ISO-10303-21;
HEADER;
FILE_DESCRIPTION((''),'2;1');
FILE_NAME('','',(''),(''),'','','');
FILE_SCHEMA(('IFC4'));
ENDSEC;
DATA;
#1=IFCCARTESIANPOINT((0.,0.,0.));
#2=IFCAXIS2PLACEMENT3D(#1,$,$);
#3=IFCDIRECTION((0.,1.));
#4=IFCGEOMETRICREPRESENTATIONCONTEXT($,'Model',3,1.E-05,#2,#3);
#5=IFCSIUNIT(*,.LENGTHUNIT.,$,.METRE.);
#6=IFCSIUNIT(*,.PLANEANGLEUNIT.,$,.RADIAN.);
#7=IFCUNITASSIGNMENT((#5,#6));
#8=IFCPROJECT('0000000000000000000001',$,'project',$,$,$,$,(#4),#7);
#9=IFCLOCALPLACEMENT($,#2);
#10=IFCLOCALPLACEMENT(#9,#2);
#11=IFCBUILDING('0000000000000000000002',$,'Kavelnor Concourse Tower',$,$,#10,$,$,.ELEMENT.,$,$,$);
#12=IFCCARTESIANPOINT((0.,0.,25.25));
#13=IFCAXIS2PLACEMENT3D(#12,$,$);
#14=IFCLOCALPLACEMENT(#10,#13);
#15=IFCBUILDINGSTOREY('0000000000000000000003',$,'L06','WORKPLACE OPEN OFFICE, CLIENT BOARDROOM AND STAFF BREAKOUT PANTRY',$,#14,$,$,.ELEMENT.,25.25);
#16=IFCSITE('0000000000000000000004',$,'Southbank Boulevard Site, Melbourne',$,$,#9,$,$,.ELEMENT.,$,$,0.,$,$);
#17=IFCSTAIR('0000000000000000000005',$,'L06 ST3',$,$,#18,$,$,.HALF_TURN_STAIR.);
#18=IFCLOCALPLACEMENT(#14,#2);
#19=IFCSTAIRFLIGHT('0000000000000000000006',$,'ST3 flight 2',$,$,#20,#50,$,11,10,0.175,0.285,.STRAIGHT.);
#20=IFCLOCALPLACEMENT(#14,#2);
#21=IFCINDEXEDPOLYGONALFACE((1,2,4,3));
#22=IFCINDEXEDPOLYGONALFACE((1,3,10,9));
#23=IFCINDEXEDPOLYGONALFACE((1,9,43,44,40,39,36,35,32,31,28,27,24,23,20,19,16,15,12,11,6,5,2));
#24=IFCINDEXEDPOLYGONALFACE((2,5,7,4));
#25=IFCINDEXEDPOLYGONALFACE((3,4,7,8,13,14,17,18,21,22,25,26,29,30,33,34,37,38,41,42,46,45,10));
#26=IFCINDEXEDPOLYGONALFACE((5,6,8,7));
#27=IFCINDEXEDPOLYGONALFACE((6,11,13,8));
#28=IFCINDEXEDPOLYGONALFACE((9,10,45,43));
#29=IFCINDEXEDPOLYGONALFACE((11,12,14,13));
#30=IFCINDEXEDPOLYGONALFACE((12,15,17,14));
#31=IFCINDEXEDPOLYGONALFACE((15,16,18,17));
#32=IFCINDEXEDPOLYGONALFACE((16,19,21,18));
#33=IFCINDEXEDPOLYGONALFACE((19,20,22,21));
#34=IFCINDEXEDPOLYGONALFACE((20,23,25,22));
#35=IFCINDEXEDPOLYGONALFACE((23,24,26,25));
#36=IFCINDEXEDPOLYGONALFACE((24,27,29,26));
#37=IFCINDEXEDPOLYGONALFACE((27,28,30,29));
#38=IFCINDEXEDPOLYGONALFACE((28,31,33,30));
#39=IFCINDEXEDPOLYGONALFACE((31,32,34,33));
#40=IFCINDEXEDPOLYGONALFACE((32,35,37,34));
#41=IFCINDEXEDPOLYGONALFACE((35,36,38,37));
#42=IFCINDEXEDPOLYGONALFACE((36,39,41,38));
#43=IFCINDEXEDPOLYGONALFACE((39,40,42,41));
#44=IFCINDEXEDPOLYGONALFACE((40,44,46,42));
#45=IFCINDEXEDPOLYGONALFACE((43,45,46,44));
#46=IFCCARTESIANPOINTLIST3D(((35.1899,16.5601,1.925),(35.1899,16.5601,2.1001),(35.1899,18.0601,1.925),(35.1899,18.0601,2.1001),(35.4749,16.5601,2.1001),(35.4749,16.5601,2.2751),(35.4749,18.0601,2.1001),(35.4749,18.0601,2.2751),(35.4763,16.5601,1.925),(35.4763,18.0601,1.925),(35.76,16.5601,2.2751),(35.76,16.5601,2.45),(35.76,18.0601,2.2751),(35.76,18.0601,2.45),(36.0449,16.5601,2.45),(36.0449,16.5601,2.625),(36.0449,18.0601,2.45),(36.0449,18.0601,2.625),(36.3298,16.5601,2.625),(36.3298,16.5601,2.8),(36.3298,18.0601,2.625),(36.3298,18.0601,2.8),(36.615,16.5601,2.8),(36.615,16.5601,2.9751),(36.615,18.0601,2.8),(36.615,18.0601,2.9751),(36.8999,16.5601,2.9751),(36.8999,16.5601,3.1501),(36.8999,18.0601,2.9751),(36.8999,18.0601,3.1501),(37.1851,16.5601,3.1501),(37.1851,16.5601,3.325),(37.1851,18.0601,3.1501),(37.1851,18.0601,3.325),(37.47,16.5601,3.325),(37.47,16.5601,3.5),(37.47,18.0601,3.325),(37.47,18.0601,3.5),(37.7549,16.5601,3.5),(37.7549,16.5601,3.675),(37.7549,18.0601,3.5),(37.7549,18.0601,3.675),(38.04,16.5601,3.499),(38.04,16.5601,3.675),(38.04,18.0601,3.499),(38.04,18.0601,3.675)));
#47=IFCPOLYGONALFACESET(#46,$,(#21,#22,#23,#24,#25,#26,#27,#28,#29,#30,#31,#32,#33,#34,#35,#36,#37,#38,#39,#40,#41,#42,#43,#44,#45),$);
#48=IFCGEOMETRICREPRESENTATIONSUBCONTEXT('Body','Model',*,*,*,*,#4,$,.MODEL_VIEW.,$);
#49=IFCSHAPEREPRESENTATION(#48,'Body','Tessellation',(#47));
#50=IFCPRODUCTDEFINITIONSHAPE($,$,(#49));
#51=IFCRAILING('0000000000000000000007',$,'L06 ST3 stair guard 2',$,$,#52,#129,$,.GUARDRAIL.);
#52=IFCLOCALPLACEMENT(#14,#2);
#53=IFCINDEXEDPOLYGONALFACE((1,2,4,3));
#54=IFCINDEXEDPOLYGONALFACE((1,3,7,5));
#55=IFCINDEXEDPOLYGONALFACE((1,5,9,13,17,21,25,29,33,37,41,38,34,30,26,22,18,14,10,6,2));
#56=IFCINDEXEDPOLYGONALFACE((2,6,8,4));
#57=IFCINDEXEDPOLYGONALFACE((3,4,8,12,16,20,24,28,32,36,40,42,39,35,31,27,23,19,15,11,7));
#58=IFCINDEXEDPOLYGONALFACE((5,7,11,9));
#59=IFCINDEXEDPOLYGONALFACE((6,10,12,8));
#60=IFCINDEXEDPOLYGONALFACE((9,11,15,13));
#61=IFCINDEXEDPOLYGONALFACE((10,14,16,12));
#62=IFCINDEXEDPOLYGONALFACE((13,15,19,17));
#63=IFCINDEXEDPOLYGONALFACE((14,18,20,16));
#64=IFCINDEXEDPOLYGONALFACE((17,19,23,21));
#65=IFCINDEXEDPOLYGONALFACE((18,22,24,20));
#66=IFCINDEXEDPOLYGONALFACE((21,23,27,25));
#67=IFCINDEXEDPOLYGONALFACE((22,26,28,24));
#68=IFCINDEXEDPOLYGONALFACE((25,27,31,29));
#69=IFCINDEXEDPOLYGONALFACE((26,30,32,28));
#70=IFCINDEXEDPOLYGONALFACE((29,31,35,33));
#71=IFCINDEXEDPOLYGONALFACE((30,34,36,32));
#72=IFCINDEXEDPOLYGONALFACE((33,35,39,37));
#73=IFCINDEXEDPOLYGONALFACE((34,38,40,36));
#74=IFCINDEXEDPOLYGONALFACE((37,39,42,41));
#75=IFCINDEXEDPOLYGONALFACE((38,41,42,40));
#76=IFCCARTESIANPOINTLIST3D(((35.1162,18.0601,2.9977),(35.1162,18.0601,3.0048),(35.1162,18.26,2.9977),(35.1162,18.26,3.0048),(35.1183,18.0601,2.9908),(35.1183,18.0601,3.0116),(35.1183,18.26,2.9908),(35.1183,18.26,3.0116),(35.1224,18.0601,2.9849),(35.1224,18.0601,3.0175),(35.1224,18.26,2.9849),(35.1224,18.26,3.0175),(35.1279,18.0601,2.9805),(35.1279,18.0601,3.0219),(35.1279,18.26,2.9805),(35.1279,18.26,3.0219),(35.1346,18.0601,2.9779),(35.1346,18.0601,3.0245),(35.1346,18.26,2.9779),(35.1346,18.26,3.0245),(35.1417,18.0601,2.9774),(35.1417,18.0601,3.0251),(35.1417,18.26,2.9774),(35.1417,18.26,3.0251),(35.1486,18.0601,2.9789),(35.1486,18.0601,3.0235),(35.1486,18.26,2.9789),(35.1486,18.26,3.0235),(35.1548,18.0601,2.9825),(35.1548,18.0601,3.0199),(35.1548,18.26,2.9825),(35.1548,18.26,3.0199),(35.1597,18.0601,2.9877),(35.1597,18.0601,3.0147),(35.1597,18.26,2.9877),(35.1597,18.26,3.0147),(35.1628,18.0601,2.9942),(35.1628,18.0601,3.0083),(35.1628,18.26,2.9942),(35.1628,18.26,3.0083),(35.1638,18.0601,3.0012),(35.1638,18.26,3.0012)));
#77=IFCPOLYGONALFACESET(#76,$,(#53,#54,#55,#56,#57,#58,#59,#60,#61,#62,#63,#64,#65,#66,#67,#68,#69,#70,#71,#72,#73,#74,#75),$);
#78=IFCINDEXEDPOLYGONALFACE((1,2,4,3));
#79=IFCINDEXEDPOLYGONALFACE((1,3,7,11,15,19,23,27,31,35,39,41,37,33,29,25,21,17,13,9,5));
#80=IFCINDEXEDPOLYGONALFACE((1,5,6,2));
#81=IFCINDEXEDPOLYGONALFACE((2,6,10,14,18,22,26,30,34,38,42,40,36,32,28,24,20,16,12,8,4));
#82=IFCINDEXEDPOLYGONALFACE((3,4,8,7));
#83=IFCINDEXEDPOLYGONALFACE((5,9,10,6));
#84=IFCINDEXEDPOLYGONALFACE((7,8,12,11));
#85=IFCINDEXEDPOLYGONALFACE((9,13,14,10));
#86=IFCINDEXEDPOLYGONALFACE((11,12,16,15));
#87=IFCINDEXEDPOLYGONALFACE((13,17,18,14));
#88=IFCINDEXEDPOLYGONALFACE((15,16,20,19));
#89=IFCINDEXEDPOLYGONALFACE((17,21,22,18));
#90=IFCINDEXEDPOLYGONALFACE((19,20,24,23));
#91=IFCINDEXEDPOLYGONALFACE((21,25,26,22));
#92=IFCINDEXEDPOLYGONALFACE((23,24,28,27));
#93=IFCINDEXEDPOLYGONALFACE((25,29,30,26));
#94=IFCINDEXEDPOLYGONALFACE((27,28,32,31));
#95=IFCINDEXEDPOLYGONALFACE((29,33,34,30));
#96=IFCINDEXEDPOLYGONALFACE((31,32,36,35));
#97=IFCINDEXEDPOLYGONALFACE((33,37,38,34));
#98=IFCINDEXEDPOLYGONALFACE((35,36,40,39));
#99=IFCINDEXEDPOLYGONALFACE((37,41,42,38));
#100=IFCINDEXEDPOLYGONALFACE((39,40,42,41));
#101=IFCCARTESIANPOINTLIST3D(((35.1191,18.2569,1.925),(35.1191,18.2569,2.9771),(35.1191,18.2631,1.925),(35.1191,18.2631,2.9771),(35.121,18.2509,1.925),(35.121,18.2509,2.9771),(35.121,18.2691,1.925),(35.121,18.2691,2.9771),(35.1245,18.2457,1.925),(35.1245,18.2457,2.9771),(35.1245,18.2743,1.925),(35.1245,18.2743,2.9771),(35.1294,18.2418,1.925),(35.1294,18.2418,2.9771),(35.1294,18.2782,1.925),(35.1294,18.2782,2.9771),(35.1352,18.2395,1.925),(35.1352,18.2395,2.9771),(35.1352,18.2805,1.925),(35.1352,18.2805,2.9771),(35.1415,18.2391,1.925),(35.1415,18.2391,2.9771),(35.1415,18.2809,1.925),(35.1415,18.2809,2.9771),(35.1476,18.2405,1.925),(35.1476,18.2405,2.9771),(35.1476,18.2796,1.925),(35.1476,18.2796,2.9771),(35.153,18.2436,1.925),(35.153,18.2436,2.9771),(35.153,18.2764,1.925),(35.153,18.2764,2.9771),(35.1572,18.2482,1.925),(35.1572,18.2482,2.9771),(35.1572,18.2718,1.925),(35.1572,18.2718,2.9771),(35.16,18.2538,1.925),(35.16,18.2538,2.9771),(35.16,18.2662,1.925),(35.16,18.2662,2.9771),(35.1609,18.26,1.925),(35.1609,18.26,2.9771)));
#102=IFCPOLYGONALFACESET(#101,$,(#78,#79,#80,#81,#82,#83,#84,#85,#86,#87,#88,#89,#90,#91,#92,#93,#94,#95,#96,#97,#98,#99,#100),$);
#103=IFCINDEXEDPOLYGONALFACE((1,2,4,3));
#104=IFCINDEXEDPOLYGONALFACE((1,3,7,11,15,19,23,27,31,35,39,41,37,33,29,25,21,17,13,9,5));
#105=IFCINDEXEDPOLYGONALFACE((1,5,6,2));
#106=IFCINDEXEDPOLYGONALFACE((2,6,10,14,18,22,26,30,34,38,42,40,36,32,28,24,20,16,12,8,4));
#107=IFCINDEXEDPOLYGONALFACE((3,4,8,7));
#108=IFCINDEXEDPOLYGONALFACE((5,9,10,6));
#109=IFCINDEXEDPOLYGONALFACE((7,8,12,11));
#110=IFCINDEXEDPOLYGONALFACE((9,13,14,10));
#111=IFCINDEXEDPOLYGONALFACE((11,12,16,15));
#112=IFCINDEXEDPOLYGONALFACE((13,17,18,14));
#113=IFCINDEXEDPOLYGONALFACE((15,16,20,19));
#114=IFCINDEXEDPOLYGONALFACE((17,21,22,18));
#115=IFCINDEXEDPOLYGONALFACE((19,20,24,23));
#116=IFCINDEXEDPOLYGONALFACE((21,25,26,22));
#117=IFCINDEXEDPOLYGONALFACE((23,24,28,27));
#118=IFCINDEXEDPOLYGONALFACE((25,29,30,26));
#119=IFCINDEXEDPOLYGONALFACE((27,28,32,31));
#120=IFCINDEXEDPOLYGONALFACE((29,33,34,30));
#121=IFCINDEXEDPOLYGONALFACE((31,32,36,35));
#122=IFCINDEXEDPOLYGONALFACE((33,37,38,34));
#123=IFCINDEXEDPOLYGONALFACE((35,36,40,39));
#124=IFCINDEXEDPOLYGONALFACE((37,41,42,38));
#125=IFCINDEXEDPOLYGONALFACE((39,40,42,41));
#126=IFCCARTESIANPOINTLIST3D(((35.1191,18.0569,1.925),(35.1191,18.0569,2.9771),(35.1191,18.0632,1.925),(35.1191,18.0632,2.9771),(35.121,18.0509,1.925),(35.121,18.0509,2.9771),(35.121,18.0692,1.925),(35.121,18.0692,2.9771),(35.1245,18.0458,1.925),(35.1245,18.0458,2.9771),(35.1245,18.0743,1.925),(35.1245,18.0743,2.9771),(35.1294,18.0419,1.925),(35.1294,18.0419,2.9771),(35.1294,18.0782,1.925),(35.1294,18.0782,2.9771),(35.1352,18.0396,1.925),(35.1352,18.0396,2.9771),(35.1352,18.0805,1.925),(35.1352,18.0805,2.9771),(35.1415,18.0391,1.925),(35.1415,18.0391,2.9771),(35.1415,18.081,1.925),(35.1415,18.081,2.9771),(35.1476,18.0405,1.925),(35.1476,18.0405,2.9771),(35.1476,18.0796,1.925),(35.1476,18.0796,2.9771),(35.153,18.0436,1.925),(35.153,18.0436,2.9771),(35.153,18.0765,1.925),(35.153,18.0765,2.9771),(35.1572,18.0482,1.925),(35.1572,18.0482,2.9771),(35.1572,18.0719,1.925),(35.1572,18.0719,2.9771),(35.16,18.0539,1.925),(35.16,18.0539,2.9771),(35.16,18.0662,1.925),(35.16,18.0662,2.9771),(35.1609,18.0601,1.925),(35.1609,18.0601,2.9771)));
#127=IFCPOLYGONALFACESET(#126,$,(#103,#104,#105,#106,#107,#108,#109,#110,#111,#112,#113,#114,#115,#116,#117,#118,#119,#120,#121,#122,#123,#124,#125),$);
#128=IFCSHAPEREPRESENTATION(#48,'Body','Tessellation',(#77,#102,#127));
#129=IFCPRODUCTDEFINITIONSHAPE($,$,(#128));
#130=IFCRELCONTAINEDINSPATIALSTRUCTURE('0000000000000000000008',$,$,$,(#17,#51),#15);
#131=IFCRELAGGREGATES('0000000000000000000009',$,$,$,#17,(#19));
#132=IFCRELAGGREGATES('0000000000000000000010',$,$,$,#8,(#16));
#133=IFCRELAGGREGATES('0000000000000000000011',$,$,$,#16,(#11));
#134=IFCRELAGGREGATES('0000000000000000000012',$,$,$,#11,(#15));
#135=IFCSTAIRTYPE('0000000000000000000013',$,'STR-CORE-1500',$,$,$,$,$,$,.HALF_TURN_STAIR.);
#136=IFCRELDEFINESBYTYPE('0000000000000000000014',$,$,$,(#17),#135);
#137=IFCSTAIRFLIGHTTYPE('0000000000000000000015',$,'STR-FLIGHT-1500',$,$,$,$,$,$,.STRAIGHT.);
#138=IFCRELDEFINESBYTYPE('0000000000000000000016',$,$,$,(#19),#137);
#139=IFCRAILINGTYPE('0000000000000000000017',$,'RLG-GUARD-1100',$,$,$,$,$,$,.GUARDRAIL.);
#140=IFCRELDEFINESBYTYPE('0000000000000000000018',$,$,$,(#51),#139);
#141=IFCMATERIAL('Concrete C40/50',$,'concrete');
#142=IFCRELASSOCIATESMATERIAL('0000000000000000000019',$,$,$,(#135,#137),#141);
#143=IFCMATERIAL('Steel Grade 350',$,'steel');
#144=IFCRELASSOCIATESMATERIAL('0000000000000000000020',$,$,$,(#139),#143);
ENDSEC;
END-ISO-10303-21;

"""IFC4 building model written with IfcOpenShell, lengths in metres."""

from ifc_helpers import new_model, si_unit, direction, frame, origin, origin_2d, place, context, subcontext, project, spatial, polyline, circle, outline, extrude, material, type_object, element, aggregate, save


model = new_model("IFC4")

# Units and contexts
model_context = context("Model", 3, precision=1e-05, world=origin(), true_north=direction((0.0, 1.0)))
body_context = subcontext(model_context, "Body", "Model", "MODEL_VIEW")
ifc_project = project(units=[si_unit("LENGTHUNIT", "METRE"), si_unit("PLANEANGLEUNIT", "RADIAN")], contexts=[model_context])

# Site, building, storey
site_placement = place(None, origin())
site = spatial("IfcSite", under=ifc_project, at=site_placement, Name="Southbank Boulevard Site, Melbourne", CompositionType="ELEMENT", RefElevation=0.0)
building_placement = place(site_placement, origin())
building = spatial("IfcBuilding", under=site, at=building_placement, Name="Kavelnor Concourse Tower", CompositionType="ELEMENT")
storey_placement = place(building_placement, frame((0.0, 0.0, 25.25)))
storey = spatial("IfcBuildingStorey", under=building, at=storey_placement, Name="L06", Description="WORKPLACE OPEN OFFICE, CLIENT BOARDROOM AND STAFF BREAKOUT PANTRY", CompositionType="ELEMENT", Elevation=25.25)

# Shared definitions
ifc_material_1 = material(Name="Steel Grade 350", Category="steel")

# Stair, stair flight
ifc_material_2 = material(Name="Concrete C40/50", Category="concrete")
stair_type = type_object("IfcStairType", Name="STR-CORE-1500", PredefinedType="HALF_TURN_STAIR", material=ifc_material_2)
stair_placement = place(storey_placement, origin())
stair = element("IfcStair", 1, at=stair_placement, inside=storey, type_object=stair_type, Name="L06 ST3", PredefinedType="HALF_TURN_STAIR")
stair_flight_type = type_object("IfcStairFlightType", Name="STR-FLIGHT-1500", PredefinedType="STRAIGHT", material=ifc_material_2)
stair_flight_placement = place(storey_placement, frame((35.1899, 17.3101, 1.925), z_axis=(0.0, 0.0, 1.0), x_axis=(1.0, 0.0, 0.0)))
stair_flight = element("IfcStairFlight", 2, at=stair_flight_placement, type_object=stair_flight_type, Name="ST3 flight 2", NumberOfRisers=11, NumberOfTreads=10, PredefinedType="STRAIGHT", RiserHeight=0.175, TreadLength=0.285, context=body_context, shape_type="SweptSolid", body=[
    extrude(outline(polyline([(0.0, 0.0), (0.0, 0.175), (0.2849, 0.175), (0.2849, 0.3501), (0.5701, 0.3501), (0.5701, 0.5249), (0.855, 0.5249), (0.855, 0.7), (1.1399, 0.7), (1.1399, 0.875), (1.425, 0.875), (1.425, 1.05), (1.71, 1.05), (1.71, 1.2251), (1.9951, 1.2251), (1.9951, 1.3999), (2.28, 1.3999), (2.28, 1.575), (2.5649, 1.575), (2.5649, 1.75), (2.8501, 1.75), (2.8501, 1.925), (2.8501, 1.574), (0.2864, 0.0), (0.0, 0.0)])), frame((0.0, 0.75, 0.0), z_axis=(0.0, -1.0, 0.0), x_axis=(1.0, 0.0, 0.0)), (0.0, 0.0, 1.0), 1.5),
])
aggregate(stair, [stair_flight])

# Railing
railing_type = type_object("IfcRailingType", Name="RLG-GUARD-1100", PredefinedType="GUARDRAIL", material=ifc_material_1)
railing_1_placement = place(storey_placement, frame((35.1399, 18.26, 1.925)))
element("IfcRailing", 3, at=railing_1_placement, inside=storey, type_object=railing_type, Name="L06 ST3 stair guard 2", PredefinedType="GUARDRAIL", context=body_context, shape_type="SweptSolid", body=[
    extrude(circle(Radius=0.0239, at=origin_2d()), frame((0.0, 0.0, 1.0762), z_axis=(0.0, -1.0, 0.0), x_axis=(1.0, 0.0, 0.0)), (0.0, 0.0, 1.0), 0.2),
    extrude(circle(Radius=0.021, at=origin_2d()), origin(), (0.0, 0.0, 1.0), 1.052),
    extrude(circle(Radius=0.021, at=origin_2d()), frame((0.0, -0.2, 0.0)), (0.0, 0.0, 1.0), 1.052),
])

save(model, "model.ifc")
